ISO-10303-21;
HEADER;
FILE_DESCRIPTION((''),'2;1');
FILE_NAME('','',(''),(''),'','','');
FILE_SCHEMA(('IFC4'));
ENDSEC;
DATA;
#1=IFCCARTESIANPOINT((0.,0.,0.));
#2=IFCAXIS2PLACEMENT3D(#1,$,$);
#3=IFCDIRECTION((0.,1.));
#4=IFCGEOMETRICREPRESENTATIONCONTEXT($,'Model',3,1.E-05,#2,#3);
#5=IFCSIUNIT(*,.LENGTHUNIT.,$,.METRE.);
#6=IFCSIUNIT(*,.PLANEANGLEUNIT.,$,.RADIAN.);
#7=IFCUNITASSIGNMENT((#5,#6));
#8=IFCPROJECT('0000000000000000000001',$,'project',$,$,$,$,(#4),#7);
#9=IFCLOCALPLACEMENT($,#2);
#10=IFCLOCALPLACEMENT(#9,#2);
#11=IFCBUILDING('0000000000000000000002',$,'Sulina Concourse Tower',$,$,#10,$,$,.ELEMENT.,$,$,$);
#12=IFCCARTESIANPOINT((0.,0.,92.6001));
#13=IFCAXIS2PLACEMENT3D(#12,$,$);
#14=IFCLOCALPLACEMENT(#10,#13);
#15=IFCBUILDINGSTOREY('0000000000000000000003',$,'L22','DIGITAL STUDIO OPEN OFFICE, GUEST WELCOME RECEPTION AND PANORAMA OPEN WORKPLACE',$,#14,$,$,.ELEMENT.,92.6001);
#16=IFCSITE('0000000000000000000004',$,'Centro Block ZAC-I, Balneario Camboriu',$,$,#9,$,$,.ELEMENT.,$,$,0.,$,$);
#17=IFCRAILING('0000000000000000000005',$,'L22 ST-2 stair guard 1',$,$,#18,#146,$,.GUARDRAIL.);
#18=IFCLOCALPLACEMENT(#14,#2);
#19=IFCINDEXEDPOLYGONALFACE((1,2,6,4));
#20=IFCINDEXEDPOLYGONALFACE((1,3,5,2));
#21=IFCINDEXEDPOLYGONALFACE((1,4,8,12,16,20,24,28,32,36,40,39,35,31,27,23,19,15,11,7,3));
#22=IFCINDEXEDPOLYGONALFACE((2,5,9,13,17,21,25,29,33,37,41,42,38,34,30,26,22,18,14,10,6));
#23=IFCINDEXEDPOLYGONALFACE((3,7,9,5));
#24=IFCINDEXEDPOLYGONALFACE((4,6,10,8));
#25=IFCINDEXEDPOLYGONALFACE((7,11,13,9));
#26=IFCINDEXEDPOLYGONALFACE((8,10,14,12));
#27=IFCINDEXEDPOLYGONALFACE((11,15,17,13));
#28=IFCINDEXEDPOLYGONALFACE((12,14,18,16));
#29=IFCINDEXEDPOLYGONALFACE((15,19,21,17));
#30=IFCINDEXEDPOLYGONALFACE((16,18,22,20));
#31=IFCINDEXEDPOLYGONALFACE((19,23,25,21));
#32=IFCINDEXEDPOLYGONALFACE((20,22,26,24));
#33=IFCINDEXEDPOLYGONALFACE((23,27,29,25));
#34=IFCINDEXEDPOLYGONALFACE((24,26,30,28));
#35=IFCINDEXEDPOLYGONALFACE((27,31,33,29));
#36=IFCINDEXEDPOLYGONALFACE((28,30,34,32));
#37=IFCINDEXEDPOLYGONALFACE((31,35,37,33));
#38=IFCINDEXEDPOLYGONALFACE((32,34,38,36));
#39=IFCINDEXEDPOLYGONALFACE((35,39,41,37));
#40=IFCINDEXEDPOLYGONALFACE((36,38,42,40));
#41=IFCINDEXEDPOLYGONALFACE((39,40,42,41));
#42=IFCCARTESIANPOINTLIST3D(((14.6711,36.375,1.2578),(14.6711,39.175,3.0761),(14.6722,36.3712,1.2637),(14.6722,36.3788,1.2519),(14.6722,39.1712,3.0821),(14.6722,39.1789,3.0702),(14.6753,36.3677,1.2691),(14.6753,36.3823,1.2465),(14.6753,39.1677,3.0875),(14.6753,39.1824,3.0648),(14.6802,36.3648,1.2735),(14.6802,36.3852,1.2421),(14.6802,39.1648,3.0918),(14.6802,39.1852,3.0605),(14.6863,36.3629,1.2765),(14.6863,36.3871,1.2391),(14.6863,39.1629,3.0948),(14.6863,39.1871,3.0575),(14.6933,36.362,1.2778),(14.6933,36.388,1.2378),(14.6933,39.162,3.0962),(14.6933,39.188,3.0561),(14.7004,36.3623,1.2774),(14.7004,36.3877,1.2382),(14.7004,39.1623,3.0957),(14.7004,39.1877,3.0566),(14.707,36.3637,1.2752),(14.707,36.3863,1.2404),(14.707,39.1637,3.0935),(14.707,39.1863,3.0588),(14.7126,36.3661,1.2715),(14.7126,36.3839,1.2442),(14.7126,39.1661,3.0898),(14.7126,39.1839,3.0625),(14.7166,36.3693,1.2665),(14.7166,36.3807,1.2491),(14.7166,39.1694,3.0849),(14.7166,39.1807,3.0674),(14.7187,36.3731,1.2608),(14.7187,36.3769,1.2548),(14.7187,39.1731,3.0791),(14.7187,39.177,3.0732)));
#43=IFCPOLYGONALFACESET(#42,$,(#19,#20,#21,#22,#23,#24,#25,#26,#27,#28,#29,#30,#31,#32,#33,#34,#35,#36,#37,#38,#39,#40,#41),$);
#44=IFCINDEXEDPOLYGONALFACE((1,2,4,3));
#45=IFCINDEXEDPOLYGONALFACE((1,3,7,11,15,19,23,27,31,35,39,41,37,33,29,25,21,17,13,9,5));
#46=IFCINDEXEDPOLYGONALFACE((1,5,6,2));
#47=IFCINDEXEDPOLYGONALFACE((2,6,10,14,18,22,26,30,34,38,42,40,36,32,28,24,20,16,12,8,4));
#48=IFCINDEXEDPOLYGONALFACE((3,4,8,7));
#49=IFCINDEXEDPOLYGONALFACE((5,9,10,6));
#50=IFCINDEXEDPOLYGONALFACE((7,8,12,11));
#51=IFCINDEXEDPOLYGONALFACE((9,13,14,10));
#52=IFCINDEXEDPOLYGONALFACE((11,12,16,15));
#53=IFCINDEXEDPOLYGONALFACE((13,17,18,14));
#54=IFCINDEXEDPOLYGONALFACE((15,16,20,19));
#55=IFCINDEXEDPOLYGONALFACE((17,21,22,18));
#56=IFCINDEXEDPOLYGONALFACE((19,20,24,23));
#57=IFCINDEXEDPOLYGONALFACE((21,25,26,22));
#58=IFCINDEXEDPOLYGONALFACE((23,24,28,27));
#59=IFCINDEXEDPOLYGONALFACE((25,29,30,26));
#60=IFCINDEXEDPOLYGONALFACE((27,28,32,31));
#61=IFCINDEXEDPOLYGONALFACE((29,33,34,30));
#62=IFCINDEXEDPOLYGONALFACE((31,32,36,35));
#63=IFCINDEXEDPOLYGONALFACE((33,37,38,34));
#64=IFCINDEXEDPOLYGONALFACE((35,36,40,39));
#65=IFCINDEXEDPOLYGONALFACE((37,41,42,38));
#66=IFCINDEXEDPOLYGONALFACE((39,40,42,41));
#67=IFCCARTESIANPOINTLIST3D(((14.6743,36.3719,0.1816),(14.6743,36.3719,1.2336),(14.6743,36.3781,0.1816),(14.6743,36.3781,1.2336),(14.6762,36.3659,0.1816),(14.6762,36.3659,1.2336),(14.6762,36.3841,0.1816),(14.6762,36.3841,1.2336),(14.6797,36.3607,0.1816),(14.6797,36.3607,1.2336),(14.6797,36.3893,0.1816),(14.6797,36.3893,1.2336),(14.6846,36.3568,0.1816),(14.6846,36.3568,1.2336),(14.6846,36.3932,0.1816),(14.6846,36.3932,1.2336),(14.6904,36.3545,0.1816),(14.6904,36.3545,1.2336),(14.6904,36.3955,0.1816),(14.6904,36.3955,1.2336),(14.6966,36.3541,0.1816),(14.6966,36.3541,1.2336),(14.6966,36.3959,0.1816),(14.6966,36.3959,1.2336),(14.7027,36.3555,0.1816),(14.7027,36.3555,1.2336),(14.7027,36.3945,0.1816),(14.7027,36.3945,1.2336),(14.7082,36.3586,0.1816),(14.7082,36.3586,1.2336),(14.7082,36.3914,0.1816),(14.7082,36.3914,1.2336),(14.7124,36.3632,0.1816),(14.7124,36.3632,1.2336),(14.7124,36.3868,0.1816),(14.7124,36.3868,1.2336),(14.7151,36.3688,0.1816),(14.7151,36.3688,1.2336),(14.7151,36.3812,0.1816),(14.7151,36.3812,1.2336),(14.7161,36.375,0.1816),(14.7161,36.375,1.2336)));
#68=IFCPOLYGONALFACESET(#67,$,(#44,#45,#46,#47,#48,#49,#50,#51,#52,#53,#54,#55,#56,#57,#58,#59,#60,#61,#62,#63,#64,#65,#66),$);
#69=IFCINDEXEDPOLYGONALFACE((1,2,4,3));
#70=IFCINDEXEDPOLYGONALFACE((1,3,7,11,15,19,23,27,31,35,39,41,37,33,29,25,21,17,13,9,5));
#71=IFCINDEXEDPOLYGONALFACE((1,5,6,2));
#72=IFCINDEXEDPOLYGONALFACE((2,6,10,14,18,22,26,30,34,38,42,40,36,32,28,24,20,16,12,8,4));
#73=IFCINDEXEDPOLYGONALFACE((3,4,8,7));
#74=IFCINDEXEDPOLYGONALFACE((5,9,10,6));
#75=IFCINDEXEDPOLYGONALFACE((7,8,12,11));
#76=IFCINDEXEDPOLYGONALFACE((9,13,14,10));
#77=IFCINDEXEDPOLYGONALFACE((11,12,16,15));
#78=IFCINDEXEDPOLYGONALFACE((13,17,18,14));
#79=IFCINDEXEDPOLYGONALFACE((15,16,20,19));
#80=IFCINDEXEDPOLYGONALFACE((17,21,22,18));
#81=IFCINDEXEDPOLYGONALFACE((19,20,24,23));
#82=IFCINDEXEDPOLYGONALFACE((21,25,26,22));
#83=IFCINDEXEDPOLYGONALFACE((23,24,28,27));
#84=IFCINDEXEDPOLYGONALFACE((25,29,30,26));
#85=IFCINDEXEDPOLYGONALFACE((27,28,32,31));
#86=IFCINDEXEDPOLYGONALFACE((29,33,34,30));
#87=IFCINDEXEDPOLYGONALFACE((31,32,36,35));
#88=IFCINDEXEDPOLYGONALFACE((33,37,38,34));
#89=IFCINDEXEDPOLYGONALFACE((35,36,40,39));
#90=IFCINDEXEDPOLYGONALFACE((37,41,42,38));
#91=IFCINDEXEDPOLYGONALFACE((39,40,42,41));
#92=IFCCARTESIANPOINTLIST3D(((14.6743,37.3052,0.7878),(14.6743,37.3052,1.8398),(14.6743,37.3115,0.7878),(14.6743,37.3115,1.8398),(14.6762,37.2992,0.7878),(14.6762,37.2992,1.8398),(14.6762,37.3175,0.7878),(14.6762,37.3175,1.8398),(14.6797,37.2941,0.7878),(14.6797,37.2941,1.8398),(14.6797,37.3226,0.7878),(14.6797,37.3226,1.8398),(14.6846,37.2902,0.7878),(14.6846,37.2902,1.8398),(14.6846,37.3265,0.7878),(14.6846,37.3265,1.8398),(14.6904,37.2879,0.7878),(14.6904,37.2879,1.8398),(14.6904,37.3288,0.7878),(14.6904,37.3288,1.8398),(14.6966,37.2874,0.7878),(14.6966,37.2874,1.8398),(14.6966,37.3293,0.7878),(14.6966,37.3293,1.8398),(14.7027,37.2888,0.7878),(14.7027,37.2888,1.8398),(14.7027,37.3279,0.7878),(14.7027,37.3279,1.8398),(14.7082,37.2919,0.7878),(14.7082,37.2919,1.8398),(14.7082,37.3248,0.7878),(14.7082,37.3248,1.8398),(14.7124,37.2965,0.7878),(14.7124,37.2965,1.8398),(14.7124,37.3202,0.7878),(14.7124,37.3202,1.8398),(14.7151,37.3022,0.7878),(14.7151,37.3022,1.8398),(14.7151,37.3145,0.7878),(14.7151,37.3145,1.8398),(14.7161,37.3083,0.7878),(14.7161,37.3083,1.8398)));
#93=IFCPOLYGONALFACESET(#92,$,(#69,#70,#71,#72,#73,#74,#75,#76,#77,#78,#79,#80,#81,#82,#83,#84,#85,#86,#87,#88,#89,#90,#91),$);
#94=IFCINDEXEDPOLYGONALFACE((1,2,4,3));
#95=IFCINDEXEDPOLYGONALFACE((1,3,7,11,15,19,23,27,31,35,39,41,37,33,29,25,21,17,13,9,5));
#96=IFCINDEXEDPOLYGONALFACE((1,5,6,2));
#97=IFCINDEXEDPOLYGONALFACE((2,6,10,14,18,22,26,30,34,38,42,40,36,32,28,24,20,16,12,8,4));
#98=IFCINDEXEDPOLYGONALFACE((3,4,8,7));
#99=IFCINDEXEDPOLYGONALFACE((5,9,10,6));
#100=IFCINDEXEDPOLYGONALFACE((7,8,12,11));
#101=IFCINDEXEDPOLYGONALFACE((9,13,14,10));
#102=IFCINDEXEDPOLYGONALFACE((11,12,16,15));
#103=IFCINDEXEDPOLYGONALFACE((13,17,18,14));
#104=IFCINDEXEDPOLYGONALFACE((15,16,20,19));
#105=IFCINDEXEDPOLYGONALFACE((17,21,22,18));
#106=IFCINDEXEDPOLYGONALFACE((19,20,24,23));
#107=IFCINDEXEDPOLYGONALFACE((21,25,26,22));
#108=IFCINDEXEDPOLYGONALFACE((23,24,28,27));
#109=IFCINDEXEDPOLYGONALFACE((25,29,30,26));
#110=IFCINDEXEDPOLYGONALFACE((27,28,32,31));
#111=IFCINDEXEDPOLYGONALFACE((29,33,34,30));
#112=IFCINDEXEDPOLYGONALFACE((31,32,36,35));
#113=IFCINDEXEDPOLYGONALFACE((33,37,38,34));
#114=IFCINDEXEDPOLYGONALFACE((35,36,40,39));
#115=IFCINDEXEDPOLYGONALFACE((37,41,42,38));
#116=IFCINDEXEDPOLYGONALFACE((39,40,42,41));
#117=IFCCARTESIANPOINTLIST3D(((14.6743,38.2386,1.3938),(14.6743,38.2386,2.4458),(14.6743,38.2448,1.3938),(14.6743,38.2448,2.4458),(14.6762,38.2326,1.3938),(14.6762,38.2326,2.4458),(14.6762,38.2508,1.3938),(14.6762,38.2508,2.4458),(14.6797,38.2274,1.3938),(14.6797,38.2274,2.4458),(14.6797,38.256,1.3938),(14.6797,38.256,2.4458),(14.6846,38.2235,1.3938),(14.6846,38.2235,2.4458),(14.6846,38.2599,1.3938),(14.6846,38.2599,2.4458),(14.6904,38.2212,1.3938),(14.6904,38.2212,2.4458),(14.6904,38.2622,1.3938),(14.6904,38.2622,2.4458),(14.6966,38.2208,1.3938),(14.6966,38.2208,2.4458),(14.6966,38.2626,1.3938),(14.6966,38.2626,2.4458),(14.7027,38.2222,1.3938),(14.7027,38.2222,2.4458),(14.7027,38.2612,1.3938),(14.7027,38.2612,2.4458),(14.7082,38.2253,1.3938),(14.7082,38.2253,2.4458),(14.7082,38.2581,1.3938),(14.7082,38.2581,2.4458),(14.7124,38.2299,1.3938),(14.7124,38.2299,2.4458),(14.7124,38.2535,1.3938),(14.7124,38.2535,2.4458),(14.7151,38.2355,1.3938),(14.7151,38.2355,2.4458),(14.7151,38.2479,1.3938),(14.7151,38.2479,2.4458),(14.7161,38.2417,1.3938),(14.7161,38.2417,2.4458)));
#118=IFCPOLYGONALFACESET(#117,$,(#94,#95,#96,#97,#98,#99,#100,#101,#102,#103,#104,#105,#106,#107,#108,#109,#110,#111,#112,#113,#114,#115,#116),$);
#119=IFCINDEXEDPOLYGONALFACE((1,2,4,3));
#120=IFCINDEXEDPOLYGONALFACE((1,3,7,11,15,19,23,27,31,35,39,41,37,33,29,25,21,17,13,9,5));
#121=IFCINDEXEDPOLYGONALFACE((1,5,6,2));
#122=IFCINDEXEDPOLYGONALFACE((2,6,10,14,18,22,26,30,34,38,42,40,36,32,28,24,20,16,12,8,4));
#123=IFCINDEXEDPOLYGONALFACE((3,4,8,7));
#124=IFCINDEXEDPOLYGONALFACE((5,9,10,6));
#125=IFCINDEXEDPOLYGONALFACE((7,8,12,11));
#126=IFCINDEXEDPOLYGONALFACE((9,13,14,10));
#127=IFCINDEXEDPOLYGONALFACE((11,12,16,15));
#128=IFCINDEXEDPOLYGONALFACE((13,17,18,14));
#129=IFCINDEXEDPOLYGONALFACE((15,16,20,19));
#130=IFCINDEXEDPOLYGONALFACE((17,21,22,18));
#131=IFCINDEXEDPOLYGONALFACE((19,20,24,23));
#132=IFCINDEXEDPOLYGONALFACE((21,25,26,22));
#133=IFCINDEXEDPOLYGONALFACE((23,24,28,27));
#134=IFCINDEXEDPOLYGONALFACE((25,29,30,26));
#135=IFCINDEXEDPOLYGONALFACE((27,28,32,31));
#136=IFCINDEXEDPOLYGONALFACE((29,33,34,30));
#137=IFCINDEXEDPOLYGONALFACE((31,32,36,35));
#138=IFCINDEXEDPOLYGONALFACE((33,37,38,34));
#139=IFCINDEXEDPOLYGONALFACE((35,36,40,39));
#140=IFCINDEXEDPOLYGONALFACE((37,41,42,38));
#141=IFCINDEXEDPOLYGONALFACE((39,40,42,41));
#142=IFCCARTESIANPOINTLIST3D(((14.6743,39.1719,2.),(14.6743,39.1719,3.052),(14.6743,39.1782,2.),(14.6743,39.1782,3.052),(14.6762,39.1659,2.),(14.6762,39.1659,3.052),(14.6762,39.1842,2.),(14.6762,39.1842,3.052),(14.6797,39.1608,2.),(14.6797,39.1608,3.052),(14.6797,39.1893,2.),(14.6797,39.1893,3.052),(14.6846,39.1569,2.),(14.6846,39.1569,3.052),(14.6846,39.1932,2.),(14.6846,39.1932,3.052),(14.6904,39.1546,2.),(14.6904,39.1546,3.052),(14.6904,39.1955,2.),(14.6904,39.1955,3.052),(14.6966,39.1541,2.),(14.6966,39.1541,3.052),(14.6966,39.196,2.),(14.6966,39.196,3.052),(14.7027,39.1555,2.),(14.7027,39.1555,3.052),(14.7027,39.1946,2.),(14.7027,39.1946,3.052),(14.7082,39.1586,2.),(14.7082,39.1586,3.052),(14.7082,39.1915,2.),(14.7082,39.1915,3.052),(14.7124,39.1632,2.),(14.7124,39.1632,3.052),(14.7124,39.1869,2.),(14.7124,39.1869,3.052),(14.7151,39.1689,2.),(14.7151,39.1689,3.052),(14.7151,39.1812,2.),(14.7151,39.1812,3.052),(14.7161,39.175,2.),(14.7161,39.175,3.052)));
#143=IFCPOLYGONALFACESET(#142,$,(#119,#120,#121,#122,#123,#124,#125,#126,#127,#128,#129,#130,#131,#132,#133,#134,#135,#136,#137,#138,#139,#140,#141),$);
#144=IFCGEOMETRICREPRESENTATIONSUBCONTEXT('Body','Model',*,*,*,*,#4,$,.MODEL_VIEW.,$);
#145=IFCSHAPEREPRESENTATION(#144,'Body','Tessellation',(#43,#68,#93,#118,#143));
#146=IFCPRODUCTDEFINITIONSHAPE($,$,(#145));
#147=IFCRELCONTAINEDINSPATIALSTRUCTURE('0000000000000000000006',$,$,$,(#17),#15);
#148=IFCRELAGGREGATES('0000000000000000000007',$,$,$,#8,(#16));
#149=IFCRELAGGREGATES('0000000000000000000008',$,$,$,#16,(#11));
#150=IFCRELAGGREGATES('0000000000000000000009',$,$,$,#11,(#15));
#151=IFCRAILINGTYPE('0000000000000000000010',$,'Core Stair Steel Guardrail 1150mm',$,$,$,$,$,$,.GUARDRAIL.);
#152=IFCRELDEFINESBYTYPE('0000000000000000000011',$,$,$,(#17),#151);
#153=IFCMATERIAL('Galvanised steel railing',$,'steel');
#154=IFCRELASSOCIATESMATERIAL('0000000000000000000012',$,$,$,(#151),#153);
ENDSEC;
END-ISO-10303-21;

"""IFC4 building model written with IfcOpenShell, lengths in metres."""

from ifc_helpers import new_model, si_unit, direction, frame, origin, origin_2d, place, context, subcontext, project, spatial, circle, extrude, material, type_object, element, save


model = new_model("IFC4")

# Units and contexts
model_context = context("Model", 3, precision=1e-05, world=origin(), true_north=direction((0.0, 1.0)))
body_context = subcontext(model_context, "Body", "Model", "MODEL_VIEW")
ifc_project = project(units=[si_unit("LENGTHUNIT", "METRE"), si_unit("PLANEANGLEUNIT", "RADIAN")], contexts=[model_context])

# Site, building, storey
site_placement = place(None, origin())
site = spatial("IfcSite", under=ifc_project, at=site_placement, Name="Centro Block ZAC-I, Balneario Camboriu", CompositionType="ELEMENT", RefElevation=0.0)
building_placement = place(site_placement, origin())
building = spatial("IfcBuilding", under=site, at=building_placement, Name="Sulina Concourse Tower", CompositionType="ELEMENT")
storey_placement = place(building_placement, frame((0.0, 0.0, 92.6001)))
storey = spatial("IfcBuildingStorey", under=building, at=storey_placement, Name="L22", Description="DIGITAL STUDIO OPEN OFFICE, GUEST WELCOME RECEPTION AND PANORAMA OPEN WORKPLACE", CompositionType="ELEMENT", Elevation=92.6001)

# Railing
ifc_material_1 = material(Name="Galvanised steel railing", Category="steel")
railing_type_1 = type_object("IfcRailingType", Name="Core Stair Steel Guardrail 1150mm", PredefinedType="GUARDRAIL", material=ifc_material_1)
railing_1_placement = place(storey_placement, frame((14.6951, 36.375, 0.1816)))
element("IfcRailing", 1, at=railing_1_placement, inside=storey, type_object=railing_type_1, Name="L22 ST-2 stair guard 1", PredefinedType="GUARDRAIL", context=body_context, shape_type="SweptSolid", body=[
    extrude(circle(Radius=0.0239, at=origin_2d()), frame((0.0, 0.0, 1.0762), z_axis=(0.0, 0.838672, 0.544636), x_axis=(-1.0, 0.0, 0.0)), (0.0, 0.0, 1.0), 3.3386),
    extrude(circle(Radius=0.021, at=origin_2d()), origin(), (0.0, 0.0, 1.0), 1.052),
    extrude(circle(Radius=0.021, at=origin_2d()), frame((0.0, 0.9333, 0.6062)), (0.0, 0.0, 1.0), 1.052),
    extrude(circle(Radius=0.021, at=origin_2d()), frame((0.0, 1.8667, 1.2122)), (0.0, 0.0, 1.0), 1.052),
    extrude(circle(Radius=0.021, at=origin_2d()), frame((0.0, 2.8, 1.8184)), (0.0, 0.0, 1.0), 1.052),
])

save(model, "model.ifc")
